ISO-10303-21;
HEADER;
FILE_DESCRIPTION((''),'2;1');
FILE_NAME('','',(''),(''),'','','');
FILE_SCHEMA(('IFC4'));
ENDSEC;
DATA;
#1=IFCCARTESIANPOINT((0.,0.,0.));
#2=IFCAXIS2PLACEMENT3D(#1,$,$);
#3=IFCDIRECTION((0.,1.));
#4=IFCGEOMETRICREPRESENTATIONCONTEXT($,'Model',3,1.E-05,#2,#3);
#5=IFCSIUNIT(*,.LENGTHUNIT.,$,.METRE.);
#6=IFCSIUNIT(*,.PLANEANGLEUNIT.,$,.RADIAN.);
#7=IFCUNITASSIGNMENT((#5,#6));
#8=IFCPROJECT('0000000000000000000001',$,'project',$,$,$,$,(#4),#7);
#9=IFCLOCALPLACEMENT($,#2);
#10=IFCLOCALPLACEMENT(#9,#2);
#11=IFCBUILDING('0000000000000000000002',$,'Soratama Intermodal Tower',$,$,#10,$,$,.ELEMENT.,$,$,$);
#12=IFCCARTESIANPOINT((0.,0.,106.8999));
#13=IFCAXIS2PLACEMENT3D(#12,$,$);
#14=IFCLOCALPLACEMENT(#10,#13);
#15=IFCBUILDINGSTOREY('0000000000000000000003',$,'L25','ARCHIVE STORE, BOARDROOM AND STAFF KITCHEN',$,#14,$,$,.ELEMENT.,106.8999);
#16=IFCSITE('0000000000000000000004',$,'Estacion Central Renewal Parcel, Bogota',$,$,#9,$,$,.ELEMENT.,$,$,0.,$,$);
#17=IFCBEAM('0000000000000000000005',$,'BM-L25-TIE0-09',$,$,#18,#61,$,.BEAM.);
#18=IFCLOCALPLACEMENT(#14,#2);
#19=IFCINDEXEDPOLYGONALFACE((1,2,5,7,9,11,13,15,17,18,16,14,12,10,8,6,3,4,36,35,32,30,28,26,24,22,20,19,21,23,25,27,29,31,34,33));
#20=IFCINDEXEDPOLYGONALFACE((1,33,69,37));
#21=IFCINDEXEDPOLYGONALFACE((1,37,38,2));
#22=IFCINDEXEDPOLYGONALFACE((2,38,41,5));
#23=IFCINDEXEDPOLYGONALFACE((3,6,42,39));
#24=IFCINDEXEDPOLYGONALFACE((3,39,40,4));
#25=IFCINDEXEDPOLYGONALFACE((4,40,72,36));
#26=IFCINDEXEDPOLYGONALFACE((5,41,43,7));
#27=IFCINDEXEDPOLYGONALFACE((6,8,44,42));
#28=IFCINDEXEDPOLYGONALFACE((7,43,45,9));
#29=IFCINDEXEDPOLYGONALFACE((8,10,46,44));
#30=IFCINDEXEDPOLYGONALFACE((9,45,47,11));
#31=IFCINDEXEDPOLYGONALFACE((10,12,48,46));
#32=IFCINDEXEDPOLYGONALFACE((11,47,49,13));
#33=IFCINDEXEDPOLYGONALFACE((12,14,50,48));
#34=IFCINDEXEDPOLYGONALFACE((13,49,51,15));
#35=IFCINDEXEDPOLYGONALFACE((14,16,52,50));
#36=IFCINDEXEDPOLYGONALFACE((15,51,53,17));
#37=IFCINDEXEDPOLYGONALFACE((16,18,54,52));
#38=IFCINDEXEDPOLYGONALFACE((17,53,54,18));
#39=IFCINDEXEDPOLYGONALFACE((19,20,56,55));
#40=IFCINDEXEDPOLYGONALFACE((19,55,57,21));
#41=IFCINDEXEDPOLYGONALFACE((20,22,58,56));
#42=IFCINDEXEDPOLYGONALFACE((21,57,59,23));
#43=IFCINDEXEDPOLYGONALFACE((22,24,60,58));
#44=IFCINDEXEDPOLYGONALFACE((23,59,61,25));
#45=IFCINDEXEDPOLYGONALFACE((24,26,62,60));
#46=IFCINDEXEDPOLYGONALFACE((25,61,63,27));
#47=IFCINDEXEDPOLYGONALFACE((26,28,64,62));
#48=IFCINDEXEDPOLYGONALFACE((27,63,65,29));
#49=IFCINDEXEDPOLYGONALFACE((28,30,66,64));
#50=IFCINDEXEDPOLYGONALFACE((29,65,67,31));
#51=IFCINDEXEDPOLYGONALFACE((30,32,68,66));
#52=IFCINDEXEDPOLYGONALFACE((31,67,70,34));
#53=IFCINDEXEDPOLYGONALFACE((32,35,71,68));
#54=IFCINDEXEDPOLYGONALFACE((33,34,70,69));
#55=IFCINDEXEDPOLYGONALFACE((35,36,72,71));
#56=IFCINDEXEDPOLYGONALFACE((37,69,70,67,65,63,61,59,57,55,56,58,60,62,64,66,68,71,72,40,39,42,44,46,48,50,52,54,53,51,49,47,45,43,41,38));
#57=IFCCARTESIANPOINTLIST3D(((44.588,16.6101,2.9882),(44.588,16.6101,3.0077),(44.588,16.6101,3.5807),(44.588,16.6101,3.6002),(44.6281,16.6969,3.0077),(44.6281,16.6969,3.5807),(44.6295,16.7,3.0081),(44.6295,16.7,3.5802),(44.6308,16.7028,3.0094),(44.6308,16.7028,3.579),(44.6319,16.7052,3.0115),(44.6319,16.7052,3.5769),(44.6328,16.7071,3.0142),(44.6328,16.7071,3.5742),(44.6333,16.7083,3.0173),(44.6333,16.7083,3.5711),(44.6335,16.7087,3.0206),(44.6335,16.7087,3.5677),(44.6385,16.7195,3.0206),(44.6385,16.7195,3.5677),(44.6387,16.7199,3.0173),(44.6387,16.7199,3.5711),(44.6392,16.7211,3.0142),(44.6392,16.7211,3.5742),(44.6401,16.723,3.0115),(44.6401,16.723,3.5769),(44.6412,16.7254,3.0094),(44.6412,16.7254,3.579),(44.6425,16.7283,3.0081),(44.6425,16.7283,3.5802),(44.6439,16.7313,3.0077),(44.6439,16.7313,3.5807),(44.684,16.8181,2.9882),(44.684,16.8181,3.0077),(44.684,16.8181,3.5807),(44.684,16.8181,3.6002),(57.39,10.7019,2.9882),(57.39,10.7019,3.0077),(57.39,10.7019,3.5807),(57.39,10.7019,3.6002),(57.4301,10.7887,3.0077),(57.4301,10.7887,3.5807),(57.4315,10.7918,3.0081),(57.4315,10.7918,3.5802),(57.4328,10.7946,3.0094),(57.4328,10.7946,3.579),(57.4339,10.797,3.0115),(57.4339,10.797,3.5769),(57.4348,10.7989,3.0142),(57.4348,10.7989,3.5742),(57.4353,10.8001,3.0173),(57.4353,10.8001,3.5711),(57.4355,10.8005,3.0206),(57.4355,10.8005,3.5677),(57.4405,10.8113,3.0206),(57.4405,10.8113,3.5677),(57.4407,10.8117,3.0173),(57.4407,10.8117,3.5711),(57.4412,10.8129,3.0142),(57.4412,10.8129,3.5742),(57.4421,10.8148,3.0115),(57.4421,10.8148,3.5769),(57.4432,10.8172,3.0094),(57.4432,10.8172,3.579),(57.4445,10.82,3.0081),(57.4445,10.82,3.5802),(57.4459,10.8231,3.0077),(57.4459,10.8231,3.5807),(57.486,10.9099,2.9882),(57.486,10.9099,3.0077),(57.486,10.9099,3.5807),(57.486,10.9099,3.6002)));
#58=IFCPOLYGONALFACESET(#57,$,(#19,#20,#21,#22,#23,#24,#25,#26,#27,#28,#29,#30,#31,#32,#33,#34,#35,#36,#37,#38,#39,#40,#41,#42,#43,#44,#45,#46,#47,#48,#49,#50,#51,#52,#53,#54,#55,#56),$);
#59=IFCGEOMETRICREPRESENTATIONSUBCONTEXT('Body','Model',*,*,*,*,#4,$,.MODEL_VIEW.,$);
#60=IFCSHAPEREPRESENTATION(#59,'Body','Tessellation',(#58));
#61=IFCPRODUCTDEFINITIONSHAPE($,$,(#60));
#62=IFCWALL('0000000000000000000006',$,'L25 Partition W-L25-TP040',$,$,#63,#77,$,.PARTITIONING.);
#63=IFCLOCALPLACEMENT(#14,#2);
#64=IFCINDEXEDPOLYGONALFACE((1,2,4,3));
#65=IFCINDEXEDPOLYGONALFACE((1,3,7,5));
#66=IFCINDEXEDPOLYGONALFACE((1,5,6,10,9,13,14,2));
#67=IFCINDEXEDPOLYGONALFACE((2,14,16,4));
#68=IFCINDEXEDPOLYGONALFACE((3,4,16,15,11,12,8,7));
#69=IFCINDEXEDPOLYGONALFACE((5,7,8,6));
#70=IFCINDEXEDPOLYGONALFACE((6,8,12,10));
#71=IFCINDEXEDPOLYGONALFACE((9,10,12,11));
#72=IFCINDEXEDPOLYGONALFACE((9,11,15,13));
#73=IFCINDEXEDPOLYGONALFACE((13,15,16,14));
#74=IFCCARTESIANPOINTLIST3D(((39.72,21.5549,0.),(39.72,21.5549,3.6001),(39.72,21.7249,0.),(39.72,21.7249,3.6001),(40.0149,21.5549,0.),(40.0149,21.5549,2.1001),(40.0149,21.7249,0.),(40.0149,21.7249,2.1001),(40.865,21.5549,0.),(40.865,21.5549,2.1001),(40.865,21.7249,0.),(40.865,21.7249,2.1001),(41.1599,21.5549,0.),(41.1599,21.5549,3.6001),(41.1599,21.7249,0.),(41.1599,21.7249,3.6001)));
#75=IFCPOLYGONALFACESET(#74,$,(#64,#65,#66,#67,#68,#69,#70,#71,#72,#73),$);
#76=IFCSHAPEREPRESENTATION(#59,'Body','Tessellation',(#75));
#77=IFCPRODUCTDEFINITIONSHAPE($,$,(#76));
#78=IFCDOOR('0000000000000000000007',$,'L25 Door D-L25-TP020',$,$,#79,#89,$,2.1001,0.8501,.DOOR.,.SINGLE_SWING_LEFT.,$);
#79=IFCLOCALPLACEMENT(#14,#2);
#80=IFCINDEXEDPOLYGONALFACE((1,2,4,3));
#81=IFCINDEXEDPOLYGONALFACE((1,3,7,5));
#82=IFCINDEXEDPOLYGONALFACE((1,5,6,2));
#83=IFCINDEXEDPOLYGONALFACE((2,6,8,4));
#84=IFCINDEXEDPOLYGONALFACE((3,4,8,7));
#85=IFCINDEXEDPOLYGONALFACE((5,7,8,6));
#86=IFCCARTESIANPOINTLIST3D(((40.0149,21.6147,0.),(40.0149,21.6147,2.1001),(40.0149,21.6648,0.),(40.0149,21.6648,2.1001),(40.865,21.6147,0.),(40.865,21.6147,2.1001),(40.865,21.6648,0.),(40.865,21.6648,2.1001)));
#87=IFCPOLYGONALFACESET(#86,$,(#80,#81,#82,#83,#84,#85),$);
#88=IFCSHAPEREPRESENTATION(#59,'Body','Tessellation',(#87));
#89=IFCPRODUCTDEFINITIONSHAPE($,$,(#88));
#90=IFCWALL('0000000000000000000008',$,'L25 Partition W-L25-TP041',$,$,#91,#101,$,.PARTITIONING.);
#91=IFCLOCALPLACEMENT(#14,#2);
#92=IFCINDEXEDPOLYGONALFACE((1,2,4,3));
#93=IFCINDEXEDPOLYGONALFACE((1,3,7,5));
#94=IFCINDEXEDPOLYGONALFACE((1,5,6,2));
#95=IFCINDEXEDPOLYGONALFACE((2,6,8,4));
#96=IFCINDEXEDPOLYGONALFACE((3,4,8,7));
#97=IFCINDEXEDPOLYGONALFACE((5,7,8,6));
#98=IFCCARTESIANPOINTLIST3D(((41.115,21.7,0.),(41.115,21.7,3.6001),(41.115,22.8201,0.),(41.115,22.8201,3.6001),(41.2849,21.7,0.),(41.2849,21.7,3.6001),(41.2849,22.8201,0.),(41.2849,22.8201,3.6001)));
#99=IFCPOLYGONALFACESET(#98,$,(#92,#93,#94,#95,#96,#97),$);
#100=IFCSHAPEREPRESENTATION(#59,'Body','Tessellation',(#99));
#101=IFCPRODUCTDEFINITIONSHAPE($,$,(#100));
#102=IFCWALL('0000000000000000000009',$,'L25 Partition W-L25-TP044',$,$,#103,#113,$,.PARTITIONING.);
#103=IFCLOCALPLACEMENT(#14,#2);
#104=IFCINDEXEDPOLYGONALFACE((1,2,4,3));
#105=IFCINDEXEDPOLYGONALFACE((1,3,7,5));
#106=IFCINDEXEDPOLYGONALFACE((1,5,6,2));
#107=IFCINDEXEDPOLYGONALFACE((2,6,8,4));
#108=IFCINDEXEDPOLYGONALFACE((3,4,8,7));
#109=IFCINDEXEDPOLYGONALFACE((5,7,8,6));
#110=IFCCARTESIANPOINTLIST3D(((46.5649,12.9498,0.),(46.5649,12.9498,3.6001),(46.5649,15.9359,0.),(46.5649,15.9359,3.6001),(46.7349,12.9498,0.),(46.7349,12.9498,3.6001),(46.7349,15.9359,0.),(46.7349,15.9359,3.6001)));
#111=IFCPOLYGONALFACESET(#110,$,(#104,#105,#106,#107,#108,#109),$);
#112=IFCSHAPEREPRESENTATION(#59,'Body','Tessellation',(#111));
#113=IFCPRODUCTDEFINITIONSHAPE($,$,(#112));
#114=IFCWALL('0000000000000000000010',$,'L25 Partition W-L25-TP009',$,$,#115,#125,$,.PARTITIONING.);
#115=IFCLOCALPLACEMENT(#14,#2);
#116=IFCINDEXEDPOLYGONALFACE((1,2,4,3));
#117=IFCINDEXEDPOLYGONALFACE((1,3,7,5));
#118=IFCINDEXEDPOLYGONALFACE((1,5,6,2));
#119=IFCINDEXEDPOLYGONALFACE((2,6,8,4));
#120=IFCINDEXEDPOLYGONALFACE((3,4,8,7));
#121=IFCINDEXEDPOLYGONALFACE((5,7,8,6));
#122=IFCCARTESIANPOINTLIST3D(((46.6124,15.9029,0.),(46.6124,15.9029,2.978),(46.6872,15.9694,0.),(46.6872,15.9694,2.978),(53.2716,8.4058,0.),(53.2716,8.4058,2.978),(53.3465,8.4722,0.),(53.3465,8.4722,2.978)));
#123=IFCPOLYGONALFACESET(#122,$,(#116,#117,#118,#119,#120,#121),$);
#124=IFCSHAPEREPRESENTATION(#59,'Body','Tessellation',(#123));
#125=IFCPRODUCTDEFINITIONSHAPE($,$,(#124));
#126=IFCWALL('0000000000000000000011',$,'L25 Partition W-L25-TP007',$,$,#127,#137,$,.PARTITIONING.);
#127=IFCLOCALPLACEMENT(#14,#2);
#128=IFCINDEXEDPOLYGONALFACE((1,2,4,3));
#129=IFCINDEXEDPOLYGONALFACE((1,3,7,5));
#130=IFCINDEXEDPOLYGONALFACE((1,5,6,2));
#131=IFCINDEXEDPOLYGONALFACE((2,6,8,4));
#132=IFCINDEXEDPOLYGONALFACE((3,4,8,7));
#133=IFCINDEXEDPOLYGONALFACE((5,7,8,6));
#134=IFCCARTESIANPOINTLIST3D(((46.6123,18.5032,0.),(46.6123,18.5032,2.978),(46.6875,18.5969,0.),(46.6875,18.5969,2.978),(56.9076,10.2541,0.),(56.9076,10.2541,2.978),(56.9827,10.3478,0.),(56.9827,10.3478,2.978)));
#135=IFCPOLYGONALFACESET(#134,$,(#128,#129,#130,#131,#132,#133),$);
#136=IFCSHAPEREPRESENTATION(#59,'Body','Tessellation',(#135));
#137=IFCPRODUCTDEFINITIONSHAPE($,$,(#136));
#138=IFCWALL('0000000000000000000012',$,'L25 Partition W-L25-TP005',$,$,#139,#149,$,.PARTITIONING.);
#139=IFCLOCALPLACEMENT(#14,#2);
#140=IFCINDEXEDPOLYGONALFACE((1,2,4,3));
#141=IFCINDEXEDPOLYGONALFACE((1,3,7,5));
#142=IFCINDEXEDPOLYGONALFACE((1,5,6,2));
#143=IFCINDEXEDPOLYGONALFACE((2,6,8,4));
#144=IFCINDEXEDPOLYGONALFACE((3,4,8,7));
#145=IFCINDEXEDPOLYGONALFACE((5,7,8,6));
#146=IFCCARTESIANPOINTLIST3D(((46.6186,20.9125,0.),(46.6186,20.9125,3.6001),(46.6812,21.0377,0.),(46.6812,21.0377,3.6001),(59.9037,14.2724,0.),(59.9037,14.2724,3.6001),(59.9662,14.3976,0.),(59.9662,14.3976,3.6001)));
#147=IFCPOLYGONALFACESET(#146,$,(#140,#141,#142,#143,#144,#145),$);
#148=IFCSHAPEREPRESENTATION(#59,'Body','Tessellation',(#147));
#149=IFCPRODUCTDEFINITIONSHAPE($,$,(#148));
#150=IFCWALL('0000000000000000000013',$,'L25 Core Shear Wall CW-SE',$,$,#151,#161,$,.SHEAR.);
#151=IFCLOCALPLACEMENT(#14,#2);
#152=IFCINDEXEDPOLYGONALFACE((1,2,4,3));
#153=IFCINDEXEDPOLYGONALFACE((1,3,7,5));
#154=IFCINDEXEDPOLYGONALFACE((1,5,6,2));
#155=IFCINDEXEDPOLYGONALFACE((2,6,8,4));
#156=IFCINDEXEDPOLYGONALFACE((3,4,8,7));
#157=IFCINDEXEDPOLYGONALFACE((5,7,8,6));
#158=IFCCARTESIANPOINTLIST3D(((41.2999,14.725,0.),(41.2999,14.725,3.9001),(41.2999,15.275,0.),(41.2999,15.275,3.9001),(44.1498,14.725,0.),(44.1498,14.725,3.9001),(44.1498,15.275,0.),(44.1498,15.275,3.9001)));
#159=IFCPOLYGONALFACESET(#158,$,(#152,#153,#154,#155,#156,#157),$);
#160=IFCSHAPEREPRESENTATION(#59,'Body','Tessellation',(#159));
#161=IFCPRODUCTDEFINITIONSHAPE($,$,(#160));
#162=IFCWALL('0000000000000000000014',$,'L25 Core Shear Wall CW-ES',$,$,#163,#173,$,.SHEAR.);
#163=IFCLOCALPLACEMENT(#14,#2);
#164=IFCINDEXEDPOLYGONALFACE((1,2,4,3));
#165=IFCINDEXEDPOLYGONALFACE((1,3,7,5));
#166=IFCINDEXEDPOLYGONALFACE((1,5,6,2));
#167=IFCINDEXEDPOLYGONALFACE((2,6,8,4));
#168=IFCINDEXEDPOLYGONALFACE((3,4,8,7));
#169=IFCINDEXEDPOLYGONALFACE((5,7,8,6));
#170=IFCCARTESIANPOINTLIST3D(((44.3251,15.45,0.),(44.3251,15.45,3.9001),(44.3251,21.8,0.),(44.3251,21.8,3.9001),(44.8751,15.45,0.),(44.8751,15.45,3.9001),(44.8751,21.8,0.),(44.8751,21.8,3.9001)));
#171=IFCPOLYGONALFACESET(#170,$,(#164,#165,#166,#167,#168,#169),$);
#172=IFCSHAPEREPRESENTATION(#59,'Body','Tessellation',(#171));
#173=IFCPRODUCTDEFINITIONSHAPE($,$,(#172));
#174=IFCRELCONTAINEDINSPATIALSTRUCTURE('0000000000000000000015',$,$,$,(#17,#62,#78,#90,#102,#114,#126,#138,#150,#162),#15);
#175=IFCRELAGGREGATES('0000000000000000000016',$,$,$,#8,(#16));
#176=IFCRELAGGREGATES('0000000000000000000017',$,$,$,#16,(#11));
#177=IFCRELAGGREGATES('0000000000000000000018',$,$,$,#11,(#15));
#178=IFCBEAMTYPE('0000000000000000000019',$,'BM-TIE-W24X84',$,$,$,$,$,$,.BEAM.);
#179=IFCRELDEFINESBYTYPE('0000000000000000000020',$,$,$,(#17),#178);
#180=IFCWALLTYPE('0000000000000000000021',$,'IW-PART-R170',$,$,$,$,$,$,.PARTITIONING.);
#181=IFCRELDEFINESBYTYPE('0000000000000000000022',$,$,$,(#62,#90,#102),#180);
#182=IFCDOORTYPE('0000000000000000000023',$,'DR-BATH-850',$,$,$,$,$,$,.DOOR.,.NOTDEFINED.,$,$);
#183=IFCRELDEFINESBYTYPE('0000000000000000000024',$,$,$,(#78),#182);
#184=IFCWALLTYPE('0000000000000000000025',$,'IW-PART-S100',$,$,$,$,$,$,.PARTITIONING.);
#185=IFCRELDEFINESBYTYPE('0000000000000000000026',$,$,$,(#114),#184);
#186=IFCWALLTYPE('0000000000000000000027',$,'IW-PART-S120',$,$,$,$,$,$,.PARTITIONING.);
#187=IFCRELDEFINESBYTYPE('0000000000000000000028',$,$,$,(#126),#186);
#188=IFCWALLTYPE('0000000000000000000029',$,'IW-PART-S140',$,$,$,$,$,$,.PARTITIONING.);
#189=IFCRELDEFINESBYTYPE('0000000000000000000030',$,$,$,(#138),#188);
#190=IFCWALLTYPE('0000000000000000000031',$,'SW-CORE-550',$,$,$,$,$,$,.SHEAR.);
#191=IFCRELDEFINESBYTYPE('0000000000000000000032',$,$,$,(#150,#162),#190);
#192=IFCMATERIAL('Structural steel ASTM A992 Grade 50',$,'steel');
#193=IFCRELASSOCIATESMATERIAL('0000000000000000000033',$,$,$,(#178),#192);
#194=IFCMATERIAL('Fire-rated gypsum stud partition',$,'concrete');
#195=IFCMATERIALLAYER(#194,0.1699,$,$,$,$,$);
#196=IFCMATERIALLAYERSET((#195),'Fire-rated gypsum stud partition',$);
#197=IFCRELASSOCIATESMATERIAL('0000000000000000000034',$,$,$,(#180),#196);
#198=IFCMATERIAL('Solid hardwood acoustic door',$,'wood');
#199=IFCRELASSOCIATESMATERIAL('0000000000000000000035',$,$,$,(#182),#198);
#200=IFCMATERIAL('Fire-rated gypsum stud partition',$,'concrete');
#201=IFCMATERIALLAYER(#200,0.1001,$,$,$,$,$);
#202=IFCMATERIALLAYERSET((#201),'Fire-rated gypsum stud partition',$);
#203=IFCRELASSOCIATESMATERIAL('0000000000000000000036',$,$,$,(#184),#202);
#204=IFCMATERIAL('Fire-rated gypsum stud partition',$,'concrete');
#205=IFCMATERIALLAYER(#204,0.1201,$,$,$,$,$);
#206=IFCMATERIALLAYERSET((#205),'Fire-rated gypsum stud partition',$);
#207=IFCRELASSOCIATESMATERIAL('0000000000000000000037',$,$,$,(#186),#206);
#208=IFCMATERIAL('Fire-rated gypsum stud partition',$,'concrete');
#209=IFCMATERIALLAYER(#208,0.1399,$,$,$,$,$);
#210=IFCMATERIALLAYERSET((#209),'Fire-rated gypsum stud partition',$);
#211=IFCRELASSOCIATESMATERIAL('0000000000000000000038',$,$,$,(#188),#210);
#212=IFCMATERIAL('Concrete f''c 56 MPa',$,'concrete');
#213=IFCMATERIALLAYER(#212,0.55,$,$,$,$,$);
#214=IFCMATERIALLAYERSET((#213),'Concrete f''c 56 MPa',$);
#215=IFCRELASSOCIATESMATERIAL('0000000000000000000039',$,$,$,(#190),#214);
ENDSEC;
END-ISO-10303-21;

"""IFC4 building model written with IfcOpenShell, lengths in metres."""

from ifc_helpers import new_model, si_unit, direction, frame, frame_2d, origin, origin_2d, place, context, subcontext, project, spatial, rectangle, i_section, extrude, material, layer, layer_set, material_profile, profile_set, type_object, element, fill, save


model = new_model("IFC4")

# Units and contexts
model_context = context("Model", 3, precision=1e-05, world=origin(), true_north=direction((0.0, 1.0)))
body_context = subcontext(model_context, "Body", "Model", "MODEL_VIEW")
ifc_project = project(units=[si_unit("LENGTHUNIT", "METRE"), si_unit("PLANEANGLEUNIT", "RADIAN")], contexts=[model_context])

# Site, building, storey
site_placement = place(None, origin())
site = spatial("IfcSite", under=ifc_project, at=site_placement, Name="Estacion Central Renewal Parcel, Bogota", CompositionType="ELEMENT", RefElevation=0.0)
building_placement = place(site_placement, origin())
building = spatial("IfcBuilding", under=site, at=building_placement, Name="Soratama Intermodal Tower", CompositionType="ELEMENT")
storey_placement = place(building_placement, frame((0.0, 0.0, 106.8999)))
storey = spatial("IfcBuildingStorey", under=building, at=storey_placement, Name="L25", Description="ARCHIVE STORE, BOARDROOM AND STAFF KITCHEN", CompositionType="ELEMENT", Elevation=106.8999)

# Beam
ifc_material_1 = material(Name="Structural steel ASTM A992 Grade 50", Category="steel")
ifc_material_profile_1 = material_profile(ifc_material_1, i_section(OverallWidth=0.229, OverallDepth=0.6121, WebThickness=0.012, FlangeThickness=0.0195, FilletRadius=0.0129, at=origin_2d()), Name="W24X84")
ifc_profile_set_1 = profile_set([ifc_material_profile_1], Name="Structural steel ASTM A992 Grade 50")
beam_type_1 = type_object("IfcBeamType", Name="BM-TIE-W24X84", PredefinedType="BEAM", material=ifc_profile_set_1)
beam_1_placement = place(storey_placement, frame((44.636, 16.7141, 3.2942), z_axis=(0.907971, -0.419034, 0.0), x_axis=(0.419034, 0.907971, 0.0)))
element("IfcBeam", 1, at=beam_1_placement, inside=storey, type_object=beam_type_1, Name="BM-L25-TIE0-09", PredefinedType="BEAM", context=body_context, shape_type="SweptSolid", body=[
    extrude(i_section(OverallWidth=0.229, OverallDepth=0.6121, WebThickness=0.012, FlangeThickness=0.0195, FilletRadius=0.0129, at=origin_2d()), origin(), (0.0, 0.0, 1.0), 14.0996),
])

# Wall, opening, door
ifc_material_2 = material(Name="Fire-rated gypsum stud partition", Category="concrete")
ifc_layer_1 = layer(ifc_material_2, 0.1699)
ifc_layer_set_1 = layer_set([ifc_layer_1], Name="Fire-rated gypsum stud partition")
wall_type_1 = type_object("IfcWallType", Name="IW-PART-R170", PredefinedType="PARTITIONING", material=ifc_layer_set_1)
wall_1_placement = place(storey_placement, frame((39.72, 21.6399, 0.0), z_axis=(0.0, 0.0, 1.0), x_axis=(1.0, 0.0, 0.0)))
wall_1 = element("IfcWall", 2, at=wall_1_placement, inside=storey, type_object=wall_type_1, Name="L25 Partition W-L25-TP040", PredefinedType="PARTITIONING", context=body_context, shape_type="SweptSolid", body=[
    extrude(rectangle(XDim=1.4399, YDim=0.1699, at=frame_2d((0.72, 0.0))), origin(), (0.0, 0.0, 1.0), 3.6001),
])
opening_1_placement = place(wall_1_placement, frame((0.2949, 0.0, 0.0)))
opening_1 = element("IfcOpeningElement", 3, at=opening_1_placement, cuts=wall_1, PredefinedType="OPENING", context=body_context, shape_type="SweptSolid", body=[
    extrude(rectangle(XDim=0.8501, YDim=2.1001, at=frame_2d((0.425, 1.05))), frame((0.0, 0.095, 0.0), z_axis=(0.0, -1.0, 0.0), x_axis=(1.0, 0.0, 0.0)), (0.0, 0.0, 1.0), 0.1899),
])
ifc_material_3 = material(Name="Solid hardwood acoustic door", Category="wood")
door_type_1 = type_object("IfcDoorType", Name="DR-BATH-850", OperationType="NOTDEFINED", PredefinedType="DOOR", material=ifc_material_3)
door_1_placement = place(opening_1_placement, origin())
door_1 = element("IfcDoor", 4, at=door_1_placement, inside=storey, type_object=door_type_1, Name="L25 Door D-L25-TP020", OperationType="SINGLE_SWING_LEFT", OverallHeight=2.1001, OverallWidth=0.8501, PredefinedType="DOOR", context=body_context, shape_type="SweptSolid", body=[
    extrude(rectangle(XDim=0.8501, YDim=2.1001, at=frame_2d((0.425, 1.05))), frame((0.0, 0.0249, 0.0), z_axis=(0.0, -1.0, 0.0), x_axis=(1.0, 0.0, 0.0)), (0.0, 0.0, 1.0), 0.05),
])
fill(opening_1, door_1)

# Walls
wall_2_placement = place(storey_placement, frame((41.2, 21.7, 0.0), z_axis=(0.0, 0.0, 1.0), x_axis=(0.0, 1.0, 0.0)))
element("IfcWall", 5, at=wall_2_placement, inside=storey, type_object=wall_type_1, Name="L25 Partition W-L25-TP041", PredefinedType="PARTITIONING", context=body_context, shape_type="SweptSolid", body=[
    extrude(rectangle(XDim=1.1201, YDim=0.1699, at=frame_2d((0.5601, 0.0))), origin(), (0.0, 0.0, 1.0), 3.6001),
])
wall_3_placement = place(storey_placement, frame((46.6499, 15.936, 0.0), z_axis=(0.0, 0.0, 1.0), x_axis=(0.0, -1.0, 0.0)))
element("IfcWall", 6, at=wall_3_placement, inside=storey, type_object=wall_type_1, Name="L25 Partition W-L25-TP044", PredefinedType="PARTITIONING", context=body_context, shape_type="SweptSolid", body=[
    extrude(rectangle(XDim=2.9861, YDim=0.1699, at=frame_2d((1.4932, 0.0))), origin(), (0.0, 0.0, 1.0), 3.6001),
])
ifc_material_4 = material(Name="Fire-rated gypsum stud partition", Category="concrete")
ifc_layer_2 = layer(ifc_material_4, 0.1001)
ifc_layer_set_2 = layer_set([ifc_layer_2], Name="Fire-rated gypsum stud partition")
wall_type_2 = type_object("IfcWallType", Name="IW-PART-S100", PredefinedType="PARTITIONING", material=ifc_layer_set_2)
wall_4_placement = place(storey_placement, frame((46.6499, 15.936, 0.0), z_axis=(0.0, 0.0, 1.0), x_axis=(0.664092, -0.747651, 0.0)))
element("IfcWall", 7, at=wall_4_placement, inside=storey, type_object=wall_type_2, Name="L25 Partition W-L25-TP009", PredefinedType="PARTITIONING", context=body_context, shape_type="SweptSolid", body=[
    extrude(rectangle(XDim=10.0276, YDim=0.1001, at=frame_2d((5.0137, 0.0))), origin(), (0.0, 0.0, 1.0), 2.978),
])
ifc_material_5 = material(Name="Fire-rated gypsum stud partition", Category="concrete")
ifc_layer_3 = layer(ifc_material_5, 0.1201)
ifc_layer_set_3 = layer_set([ifc_layer_3], Name="Fire-rated gypsum stud partition")
wall_type_3 = type_object("IfcWallType", Name="IW-PART-S120", PredefinedType="PARTITIONING", material=ifc_layer_set_3)
wall_5_placement = place(storey_placement, frame((46.6499, 18.55, 0.0), z_axis=(0.0, 0.0, 1.0), x_axis=(0.780392, -0.625291, 0.0)))
element("IfcWall", 8, at=wall_5_placement, inside=storey, type_object=wall_type_3, Name="L25 Partition W-L25-TP007", PredefinedType="PARTITIONING", context=body_context, shape_type="SweptSolid", body=[
    extrude(rectangle(XDim=13.1924, YDim=0.1201, at=frame_2d((6.5962, 0.0))), origin(), (0.0, 0.0, 1.0), 2.978),
])
ifc_material_6 = material(Name="Fire-rated gypsum stud partition", Category="concrete")
ifc_layer_4 = layer(ifc_material_6, 0.1399)
ifc_layer_set_4 = layer_set([ifc_layer_4], Name="Fire-rated gypsum stud partition")
wall_type_4 = type_object("IfcWallType", Name="IW-PART-S140", PredefinedType="PARTITIONING", material=ifc_layer_set_4)
wall_6_placement = place(storey_placement, frame((46.6499, 20.9751, 0.0), z_axis=(0.0, 0.0, 1.0), x_axis=(0.894493, -0.447082, 0.0)))
element("IfcWall", 9, at=wall_6_placement, inside=storey, type_object=wall_type_4, Name="L25 Partition W-L25-TP005", PredefinedType="PARTITIONING", context=body_context, shape_type="SweptSolid", body=[
    extrude(rectangle(XDim=14.8521, YDim=0.1399, at=frame_2d((7.426, 0.0))), origin(), (0.0, 0.0, 1.0), 3.6001),
])
ifc_material_7 = material(Name="Concrete f'c 56 MPa", Category="concrete")
ifc_layer_5 = layer(ifc_material_7, 0.55)
ifc_layer_set_5 = layer_set([ifc_layer_5], Name="Concrete f'c 56 MPa")
wall_type_5 = type_object("IfcWallType", Name="SW-CORE-550", PredefinedType="SHEAR", material=ifc_layer_set_5)
wall_7_placement = place(storey_placement, frame((41.3, 15.0, 0.0), z_axis=(0.0, 0.0, 1.0), x_axis=(1.0, 0.0, 0.0)))
element("IfcWall", 10, at=wall_7_placement, inside=storey, type_object=wall_type_5, Name="L25 Core Shear Wall CW-SE", PredefinedType="SHEAR", context=body_context, shape_type="SweptSolid", body=[
    extrude(rectangle(XDim=2.8499, YDim=0.55, at=frame_2d((1.4248, 0.0))), origin(), (0.0, 0.0, 1.0), 3.9001),
])
wall_8_placement = place(storey_placement, frame((44.6001, 15.45, 0.0), z_axis=(0.0, 0.0, 1.0), x_axis=(0.0, 1.0, 0.0)))
element("IfcWall", 11, at=wall_8_placement, inside=storey, type_object=wall_type_5, Name="L25 Core Shear Wall CW-ES", PredefinedType="SHEAR", context=body_context, shape_type="SweptSolid", body=[
    extrude(rectangle(XDim=6.3501, YDim=0.55, at=frame_2d((3.175, 0.0))), origin(), (0.0, 0.0, 1.0), 3.9001),
])

save(model, "model.ifc")
